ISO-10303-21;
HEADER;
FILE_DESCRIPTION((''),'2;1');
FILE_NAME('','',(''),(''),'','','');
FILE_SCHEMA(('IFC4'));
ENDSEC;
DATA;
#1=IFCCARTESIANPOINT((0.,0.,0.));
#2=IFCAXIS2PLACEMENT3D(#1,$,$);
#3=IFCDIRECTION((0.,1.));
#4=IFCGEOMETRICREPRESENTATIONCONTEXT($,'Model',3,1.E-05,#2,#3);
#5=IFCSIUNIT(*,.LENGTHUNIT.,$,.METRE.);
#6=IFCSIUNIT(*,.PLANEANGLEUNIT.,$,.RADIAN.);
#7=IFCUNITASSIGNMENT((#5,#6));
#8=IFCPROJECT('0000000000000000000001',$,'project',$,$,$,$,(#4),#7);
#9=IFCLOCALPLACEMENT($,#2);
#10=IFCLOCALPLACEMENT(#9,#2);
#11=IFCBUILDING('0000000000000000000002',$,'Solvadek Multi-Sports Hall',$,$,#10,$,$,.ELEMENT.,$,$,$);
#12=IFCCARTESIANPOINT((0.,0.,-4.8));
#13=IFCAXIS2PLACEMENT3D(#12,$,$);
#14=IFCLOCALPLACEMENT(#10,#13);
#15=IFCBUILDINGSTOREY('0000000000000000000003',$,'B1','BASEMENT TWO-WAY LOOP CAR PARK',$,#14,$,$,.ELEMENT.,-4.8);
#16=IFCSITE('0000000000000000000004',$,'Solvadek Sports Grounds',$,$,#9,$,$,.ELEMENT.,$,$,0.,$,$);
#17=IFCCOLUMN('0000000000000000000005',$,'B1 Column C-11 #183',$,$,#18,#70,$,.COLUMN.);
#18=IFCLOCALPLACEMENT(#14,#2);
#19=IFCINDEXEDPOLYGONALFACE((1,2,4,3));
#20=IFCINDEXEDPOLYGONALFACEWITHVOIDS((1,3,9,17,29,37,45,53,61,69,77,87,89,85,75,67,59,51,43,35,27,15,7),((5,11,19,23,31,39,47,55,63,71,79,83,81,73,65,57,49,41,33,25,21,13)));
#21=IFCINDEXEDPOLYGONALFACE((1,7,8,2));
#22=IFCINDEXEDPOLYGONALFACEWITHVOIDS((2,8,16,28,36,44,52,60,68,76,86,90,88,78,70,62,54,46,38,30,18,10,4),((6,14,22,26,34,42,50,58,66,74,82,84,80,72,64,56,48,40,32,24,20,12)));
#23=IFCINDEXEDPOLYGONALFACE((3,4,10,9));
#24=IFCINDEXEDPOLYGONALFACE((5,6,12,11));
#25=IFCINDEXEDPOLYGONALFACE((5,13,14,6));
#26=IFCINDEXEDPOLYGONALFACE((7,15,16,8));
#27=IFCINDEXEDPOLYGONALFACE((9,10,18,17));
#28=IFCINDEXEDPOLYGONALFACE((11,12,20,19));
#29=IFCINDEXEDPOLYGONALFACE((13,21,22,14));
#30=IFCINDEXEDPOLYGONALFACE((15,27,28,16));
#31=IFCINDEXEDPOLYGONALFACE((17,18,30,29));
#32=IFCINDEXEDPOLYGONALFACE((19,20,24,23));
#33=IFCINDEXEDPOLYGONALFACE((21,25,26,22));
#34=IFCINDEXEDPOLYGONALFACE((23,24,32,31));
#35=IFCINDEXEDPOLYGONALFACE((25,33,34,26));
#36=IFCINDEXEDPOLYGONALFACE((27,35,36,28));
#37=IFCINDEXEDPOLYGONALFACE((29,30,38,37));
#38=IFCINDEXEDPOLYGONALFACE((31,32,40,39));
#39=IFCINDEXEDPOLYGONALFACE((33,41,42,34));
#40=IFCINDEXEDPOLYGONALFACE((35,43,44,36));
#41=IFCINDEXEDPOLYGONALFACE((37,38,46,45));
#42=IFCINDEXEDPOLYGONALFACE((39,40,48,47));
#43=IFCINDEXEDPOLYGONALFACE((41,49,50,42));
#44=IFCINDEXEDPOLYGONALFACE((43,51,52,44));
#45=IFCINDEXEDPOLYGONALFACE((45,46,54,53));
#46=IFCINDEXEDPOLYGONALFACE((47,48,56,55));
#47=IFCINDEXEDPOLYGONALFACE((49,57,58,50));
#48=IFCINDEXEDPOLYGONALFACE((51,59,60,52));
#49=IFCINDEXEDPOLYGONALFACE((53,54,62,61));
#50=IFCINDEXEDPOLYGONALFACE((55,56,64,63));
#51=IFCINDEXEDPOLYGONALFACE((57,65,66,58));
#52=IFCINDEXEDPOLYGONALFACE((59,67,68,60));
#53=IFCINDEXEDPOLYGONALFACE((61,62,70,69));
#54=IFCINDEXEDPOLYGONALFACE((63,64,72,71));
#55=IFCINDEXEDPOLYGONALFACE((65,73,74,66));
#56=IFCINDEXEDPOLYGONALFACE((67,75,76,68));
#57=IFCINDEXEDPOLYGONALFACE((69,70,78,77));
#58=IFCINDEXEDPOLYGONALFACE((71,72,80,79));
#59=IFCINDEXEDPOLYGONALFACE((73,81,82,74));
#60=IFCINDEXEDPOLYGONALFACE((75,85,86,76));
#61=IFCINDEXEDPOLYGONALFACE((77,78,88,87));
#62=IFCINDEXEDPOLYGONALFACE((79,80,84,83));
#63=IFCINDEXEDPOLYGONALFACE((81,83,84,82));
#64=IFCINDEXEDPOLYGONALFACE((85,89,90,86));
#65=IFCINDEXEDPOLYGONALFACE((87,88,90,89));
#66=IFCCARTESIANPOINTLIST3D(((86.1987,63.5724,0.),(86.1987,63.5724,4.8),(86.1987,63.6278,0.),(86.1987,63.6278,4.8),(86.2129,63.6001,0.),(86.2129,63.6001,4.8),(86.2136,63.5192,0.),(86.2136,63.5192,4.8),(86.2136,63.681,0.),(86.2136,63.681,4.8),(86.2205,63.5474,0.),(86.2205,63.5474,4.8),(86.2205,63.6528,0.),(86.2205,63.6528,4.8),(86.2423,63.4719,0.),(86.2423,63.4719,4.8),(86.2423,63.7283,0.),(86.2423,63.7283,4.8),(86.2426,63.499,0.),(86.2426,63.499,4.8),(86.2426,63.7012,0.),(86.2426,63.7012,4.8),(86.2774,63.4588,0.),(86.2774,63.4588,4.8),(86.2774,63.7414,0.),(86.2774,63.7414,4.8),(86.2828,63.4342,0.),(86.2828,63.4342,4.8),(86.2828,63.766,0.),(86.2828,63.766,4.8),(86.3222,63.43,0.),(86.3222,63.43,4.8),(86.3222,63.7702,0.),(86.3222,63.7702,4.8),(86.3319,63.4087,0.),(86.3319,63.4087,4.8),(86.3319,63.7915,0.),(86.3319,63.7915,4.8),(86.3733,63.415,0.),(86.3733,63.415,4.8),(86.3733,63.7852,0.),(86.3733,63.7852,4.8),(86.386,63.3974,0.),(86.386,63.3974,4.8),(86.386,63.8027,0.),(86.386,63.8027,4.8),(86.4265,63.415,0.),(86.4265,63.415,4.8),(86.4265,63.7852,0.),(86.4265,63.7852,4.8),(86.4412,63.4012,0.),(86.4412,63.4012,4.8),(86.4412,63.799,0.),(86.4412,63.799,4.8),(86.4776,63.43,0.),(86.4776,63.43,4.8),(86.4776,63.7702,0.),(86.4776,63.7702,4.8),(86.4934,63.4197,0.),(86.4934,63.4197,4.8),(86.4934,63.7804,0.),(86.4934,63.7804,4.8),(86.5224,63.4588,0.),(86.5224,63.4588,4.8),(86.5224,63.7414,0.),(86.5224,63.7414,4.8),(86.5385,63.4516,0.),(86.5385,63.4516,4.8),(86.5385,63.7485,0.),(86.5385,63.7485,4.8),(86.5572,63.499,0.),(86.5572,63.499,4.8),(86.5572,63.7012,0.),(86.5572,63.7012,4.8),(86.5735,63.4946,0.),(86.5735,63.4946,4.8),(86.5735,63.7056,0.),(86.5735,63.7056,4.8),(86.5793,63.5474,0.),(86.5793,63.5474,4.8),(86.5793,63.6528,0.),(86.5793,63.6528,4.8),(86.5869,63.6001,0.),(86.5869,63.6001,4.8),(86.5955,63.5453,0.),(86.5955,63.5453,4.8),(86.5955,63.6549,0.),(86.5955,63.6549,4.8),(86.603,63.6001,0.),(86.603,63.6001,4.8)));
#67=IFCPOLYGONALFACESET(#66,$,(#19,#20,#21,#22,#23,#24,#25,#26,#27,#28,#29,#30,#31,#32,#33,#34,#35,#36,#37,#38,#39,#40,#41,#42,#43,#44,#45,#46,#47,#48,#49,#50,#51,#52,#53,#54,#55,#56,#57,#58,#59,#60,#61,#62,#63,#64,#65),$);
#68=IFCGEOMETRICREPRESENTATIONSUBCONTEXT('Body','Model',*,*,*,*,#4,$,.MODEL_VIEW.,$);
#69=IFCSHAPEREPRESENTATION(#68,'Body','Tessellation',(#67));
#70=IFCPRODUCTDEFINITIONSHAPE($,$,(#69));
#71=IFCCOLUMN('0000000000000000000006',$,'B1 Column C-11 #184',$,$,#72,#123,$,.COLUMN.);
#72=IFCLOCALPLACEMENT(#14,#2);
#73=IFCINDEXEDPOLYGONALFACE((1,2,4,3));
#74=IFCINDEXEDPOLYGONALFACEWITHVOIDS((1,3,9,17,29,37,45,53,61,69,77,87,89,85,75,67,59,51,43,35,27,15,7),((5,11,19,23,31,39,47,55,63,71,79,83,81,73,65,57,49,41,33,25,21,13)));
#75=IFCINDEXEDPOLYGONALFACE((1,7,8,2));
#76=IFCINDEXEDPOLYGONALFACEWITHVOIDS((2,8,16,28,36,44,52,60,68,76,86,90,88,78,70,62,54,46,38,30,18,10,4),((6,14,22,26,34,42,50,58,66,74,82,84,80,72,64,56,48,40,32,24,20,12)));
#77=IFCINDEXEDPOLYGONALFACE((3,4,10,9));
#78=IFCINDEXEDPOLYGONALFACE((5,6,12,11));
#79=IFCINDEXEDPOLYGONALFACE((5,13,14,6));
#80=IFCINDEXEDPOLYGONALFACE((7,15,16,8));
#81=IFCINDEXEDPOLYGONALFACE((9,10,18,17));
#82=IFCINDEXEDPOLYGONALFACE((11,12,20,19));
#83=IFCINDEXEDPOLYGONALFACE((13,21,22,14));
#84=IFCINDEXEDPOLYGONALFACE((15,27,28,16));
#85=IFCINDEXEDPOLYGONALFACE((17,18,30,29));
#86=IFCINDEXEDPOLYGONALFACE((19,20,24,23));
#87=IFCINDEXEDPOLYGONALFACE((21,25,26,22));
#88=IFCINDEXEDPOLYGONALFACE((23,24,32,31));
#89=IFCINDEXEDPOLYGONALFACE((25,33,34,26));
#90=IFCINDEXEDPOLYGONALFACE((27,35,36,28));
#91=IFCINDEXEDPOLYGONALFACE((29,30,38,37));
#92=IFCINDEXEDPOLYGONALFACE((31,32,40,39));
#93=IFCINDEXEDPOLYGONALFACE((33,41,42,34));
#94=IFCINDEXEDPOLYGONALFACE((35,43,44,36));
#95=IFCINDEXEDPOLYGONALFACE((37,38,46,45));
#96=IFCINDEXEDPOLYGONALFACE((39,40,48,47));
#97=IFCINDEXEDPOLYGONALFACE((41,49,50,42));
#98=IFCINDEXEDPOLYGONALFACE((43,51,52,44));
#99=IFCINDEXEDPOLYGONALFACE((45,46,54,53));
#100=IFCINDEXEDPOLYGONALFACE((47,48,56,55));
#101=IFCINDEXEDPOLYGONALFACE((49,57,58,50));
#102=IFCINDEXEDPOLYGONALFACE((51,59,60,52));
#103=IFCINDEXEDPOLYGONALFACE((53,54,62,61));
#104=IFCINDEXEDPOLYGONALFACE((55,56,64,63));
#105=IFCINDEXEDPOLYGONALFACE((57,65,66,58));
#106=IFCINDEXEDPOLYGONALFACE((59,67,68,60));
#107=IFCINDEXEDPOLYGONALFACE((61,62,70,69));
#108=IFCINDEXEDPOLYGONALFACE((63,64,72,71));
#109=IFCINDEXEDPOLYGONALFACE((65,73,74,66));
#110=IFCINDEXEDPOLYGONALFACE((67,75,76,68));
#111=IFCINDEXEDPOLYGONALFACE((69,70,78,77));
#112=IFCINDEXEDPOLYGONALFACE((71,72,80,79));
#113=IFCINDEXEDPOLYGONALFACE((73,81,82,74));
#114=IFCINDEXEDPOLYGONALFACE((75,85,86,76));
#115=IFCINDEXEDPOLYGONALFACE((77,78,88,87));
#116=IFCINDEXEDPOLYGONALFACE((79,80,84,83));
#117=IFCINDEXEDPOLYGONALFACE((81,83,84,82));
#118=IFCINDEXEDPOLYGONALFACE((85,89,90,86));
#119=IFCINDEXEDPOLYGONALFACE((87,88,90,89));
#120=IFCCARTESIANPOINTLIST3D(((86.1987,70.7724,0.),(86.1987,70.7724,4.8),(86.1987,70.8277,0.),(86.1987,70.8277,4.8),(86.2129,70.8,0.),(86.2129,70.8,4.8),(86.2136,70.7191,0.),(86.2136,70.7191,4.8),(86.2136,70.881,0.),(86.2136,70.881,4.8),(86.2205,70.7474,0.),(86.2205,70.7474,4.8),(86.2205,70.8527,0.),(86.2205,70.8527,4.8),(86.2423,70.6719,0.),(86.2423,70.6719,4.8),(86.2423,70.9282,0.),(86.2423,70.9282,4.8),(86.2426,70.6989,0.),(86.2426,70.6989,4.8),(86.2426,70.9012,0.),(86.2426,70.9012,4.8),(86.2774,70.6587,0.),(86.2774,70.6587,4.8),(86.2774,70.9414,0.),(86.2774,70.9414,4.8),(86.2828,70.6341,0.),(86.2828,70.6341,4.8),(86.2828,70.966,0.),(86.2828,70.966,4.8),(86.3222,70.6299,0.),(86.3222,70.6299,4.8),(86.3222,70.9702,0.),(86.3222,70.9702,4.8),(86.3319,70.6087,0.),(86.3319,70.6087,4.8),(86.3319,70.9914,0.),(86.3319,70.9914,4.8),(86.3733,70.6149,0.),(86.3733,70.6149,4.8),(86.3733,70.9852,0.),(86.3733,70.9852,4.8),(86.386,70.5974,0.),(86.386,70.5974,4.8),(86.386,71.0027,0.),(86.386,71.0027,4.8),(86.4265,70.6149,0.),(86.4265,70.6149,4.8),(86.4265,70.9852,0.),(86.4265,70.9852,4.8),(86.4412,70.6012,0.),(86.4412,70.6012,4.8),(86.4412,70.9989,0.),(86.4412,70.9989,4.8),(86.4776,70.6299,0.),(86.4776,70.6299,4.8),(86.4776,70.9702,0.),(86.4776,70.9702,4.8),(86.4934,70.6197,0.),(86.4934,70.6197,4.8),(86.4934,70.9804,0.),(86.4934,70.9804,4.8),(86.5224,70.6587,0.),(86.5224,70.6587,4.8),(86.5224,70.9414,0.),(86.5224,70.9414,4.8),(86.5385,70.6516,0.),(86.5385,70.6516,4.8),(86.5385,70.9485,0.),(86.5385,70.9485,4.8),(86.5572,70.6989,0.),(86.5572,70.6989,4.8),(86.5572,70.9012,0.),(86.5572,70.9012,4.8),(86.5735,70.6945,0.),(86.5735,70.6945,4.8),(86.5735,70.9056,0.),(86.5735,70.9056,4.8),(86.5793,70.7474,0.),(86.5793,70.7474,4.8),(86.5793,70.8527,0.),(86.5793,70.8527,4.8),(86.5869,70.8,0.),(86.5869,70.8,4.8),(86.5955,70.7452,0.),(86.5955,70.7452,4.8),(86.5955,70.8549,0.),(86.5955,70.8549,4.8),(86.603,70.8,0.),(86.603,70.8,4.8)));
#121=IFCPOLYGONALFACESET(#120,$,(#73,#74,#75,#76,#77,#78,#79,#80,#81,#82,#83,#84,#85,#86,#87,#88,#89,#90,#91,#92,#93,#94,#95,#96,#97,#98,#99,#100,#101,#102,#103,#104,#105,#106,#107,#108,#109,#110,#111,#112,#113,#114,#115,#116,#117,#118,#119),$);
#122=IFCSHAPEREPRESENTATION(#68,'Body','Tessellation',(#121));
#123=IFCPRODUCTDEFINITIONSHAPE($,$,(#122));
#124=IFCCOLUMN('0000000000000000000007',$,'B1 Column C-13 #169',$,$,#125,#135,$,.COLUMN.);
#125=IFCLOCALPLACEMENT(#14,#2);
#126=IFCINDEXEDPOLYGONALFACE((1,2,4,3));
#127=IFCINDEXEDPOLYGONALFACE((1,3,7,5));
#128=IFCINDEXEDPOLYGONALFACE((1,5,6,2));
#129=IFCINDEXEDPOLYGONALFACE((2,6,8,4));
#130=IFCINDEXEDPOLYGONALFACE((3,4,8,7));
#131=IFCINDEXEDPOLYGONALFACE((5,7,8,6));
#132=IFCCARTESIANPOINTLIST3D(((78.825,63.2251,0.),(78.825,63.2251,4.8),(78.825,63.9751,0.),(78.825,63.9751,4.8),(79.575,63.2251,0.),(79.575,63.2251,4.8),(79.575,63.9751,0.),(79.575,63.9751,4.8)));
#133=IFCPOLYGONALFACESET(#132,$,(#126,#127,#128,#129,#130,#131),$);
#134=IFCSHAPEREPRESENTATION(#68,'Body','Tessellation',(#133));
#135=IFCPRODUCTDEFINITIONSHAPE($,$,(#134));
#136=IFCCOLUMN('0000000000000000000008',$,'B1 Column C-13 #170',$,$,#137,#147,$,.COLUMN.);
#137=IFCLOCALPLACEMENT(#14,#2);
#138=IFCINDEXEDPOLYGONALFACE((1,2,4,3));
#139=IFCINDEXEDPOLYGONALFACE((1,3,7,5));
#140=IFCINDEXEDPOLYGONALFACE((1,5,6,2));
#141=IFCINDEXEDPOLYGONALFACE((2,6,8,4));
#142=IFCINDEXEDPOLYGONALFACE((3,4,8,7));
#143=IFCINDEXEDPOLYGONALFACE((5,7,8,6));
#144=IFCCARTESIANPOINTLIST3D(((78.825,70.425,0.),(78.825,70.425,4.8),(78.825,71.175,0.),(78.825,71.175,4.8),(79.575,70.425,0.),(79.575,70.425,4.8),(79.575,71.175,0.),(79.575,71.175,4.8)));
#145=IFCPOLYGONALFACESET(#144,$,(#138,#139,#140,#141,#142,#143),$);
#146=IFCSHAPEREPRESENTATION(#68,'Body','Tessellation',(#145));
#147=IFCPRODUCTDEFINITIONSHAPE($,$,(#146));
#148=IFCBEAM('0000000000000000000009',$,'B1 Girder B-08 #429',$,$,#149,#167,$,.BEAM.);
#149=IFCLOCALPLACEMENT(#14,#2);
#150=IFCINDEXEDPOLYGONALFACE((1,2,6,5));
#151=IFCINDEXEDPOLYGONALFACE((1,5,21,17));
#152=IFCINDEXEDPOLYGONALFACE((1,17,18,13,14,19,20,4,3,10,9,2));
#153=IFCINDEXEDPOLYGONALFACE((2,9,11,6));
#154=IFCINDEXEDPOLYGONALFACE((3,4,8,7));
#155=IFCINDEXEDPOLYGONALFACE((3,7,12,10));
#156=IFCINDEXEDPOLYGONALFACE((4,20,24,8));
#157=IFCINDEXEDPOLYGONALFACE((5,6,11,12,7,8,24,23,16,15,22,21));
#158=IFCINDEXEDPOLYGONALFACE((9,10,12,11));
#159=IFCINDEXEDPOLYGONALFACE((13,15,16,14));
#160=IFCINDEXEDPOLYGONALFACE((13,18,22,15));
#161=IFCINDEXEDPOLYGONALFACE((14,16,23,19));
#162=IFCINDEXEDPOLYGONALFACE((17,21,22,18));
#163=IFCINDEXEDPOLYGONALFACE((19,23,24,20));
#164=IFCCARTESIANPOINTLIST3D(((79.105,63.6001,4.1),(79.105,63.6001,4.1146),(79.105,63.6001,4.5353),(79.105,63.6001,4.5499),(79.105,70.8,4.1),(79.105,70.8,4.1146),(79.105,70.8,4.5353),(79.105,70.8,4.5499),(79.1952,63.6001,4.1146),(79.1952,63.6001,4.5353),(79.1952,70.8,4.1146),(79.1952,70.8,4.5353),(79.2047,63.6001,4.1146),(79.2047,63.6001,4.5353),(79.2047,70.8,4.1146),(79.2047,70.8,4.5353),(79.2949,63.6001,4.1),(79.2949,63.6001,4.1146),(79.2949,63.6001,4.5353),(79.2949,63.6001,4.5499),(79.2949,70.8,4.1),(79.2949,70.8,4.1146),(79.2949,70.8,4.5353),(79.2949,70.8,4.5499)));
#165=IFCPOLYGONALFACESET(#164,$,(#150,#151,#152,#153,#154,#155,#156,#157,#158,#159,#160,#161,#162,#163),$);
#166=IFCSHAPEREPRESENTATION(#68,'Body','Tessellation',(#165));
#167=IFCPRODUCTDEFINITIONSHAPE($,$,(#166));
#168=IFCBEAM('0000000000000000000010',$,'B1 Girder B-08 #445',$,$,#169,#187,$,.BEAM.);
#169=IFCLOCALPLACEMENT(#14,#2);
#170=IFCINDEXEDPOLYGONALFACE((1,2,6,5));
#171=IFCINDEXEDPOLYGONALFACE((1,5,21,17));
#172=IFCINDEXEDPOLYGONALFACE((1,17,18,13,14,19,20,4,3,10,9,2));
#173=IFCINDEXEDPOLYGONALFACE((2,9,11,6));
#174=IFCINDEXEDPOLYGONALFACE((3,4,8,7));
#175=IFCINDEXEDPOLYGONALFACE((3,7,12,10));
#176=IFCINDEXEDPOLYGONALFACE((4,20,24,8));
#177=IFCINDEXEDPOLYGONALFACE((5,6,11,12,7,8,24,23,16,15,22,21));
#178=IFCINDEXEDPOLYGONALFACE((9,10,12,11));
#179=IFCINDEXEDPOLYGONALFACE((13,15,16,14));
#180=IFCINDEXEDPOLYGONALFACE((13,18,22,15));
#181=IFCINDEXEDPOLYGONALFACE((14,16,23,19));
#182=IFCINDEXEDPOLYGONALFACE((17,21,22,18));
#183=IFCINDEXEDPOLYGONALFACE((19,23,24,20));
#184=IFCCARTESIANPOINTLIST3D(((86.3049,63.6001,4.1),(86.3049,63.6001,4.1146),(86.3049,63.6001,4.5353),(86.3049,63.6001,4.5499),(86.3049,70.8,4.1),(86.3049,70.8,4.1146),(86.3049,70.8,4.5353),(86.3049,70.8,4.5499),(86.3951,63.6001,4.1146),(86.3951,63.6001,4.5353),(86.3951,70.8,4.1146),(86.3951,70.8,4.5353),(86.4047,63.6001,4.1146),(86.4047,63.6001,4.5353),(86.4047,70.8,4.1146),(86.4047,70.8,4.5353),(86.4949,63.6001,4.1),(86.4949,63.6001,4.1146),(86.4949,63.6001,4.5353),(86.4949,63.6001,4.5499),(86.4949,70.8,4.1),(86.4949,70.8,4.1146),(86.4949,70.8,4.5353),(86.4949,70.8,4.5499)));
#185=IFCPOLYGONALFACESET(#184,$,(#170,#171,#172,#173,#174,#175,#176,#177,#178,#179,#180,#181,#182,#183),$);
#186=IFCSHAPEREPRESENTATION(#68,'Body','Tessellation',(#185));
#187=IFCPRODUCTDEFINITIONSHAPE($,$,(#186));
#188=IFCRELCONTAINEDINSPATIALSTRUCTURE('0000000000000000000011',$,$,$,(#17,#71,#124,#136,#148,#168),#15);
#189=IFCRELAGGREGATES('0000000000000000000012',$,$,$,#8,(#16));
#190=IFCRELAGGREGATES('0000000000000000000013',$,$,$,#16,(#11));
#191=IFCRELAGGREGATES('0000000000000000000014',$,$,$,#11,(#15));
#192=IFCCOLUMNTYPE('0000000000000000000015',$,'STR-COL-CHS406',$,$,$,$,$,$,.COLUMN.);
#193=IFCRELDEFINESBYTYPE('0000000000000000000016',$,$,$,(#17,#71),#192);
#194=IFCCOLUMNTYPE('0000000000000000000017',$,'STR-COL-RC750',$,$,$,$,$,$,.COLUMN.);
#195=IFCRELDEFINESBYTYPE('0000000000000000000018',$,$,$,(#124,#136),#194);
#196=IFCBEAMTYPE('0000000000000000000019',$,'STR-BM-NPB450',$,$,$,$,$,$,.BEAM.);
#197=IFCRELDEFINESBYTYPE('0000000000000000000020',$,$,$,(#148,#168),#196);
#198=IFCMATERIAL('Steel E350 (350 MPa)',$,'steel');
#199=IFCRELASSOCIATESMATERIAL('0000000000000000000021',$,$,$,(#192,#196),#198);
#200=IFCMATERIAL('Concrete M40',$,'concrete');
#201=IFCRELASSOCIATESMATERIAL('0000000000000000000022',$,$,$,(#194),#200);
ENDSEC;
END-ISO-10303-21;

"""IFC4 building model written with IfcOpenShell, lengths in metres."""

from ifc_helpers import new_model, si_unit, direction, frame, origin, origin_2d, place, context, subcontext, project, spatial, rectangle, hollow_circle, i_section, extrude, material, material_profile, profile_set, type_object, element, save


model = new_model("IFC4")

# Units and contexts
model_context = context("Model", 3, precision=1e-05, world=origin(), true_north=direction((0.0, 1.0)))
body_context = subcontext(model_context, "Body", "Model", "MODEL_VIEW")
ifc_project = project(units=[si_unit("LENGTHUNIT", "METRE"), si_unit("PLANEANGLEUNIT", "RADIAN")], contexts=[model_context])

# Site, building, storey
site_placement = place(None, origin())
site = spatial("IfcSite", under=ifc_project, at=site_placement, Name="Solvadek Sports Grounds", CompositionType="ELEMENT", RefElevation=0.0)
building_placement = place(site_placement, origin())
building = spatial("IfcBuilding", under=site, at=building_placement, Name="Solvadek Multi-Sports Hall", CompositionType="ELEMENT")
storey_placement = place(building_placement, frame((0.0, 0.0, -4.8)))
storey = spatial("IfcBuildingStorey", under=building, at=storey_placement, Name="B1", Description="BASEMENT TWO-WAY LOOP CAR PARK", CompositionType="ELEMENT", Elevation=-4.8)

# Shared definitions
ifc_material_1 = material(Name="Concrete M40", Category="concrete")

# Columns
ifc_material_2 = material(Name="Steel E350 (350 MPa)", Category="steel")
ifc_material_profile_1 = material_profile(ifc_material_2, hollow_circle(Radius=0.2031, WallThickness=0.0161, at=origin_2d()), Name="CHS 406.4x16")
ifc_profile_set_1 = profile_set([ifc_material_profile_1], Name="Steel E350 (350 MPa)")
column_type_1 = type_object("IfcColumnType", Name="STR-COL-CHS406", PredefinedType="COLUMN", material=ifc_profile_set_1)
for number, where, z_axis, x_axis, name in (
    (1, (86.3999, 63.6001, 0.0), (0.0, 0.0, 1.0), (1.0, 0.0, 0.0), "B1 Column C-11 #183"),
    (2, (86.3999, 70.8, 0.0), (0.0, 0.0, 1.0), (1.0, 0.0, 0.0), "B1 Column C-11 #184"),
):
    element("IfcColumn", number, at=place(storey_placement, frame(where, z_axis=z_axis, x_axis=x_axis)), inside=storey, type_object=column_type_1, Name=name, PredefinedType="COLUMN", context=body_context, shape_type="SweptSolid", body=[
        extrude(hollow_circle(Radius=0.2031, WallThickness=0.0161, at=origin_2d()), origin(), (0.0, 0.0, 1.0), 4.8),
    ])
ifc_material_profile_2 = material_profile(ifc_material_1, rectangle(XDim=0.75, YDim=0.75, at=origin_2d()), Name="RC 750x750")
ifc_profile_set_2 = profile_set([ifc_material_profile_2], Name="Concrete M40")
column_type_2 = type_object("IfcColumnType", Name="STR-COL-RC750", PredefinedType="COLUMN", material=ifc_profile_set_2)
for number, where, z_axis, x_axis, name in (
    (3, (79.2, 63.6001, 0.0), (0.0, 0.0, 1.0), (1.0, 0.0, 0.0), "B1 Column C-13 #169"),
    (4, (79.2, 70.8, 0.0), (0.0, 0.0, 1.0), (1.0, 0.0, 0.0), "B1 Column C-13 #170"),
):
    element("IfcColumn", number, at=place(storey_placement, frame(where, z_axis=z_axis, x_axis=x_axis)), inside=storey, type_object=column_type_2, Name=name, PredefinedType="COLUMN", context=body_context, shape_type="SweptSolid", body=[
        extrude(rectangle(XDim=0.75, YDim=0.75, at=origin_2d()), origin(), (0.0, 0.0, 1.0), 4.8),
    ])

# Beams
ifc_material_profile_3 = material_profile(ifc_material_2, i_section(OverallWidth=0.1899, OverallDepth=0.45, WebThickness=0.0095, FlangeThickness=0.0146, at=origin_2d()), Name="NPB 450")
ifc_profile_set_3 = profile_set([ifc_material_profile_3], Name="Steel E350 (350 MPa)")
beam_type_1 = type_object("IfcBeamType", Name="STR-BM-NPB450", PredefinedType="BEAM", material=ifc_profile_set_3)
for number, where, z_axis, x_axis, name in (
    (5, (79.2, 63.6001, 4.325), (0.0, 1.0, 0.0), (-1.0, 0.0, 0.0), "B1 Girder B-08 #429"),
    (6, (86.3999, 63.6001, 4.325), (0.0, 1.0, 0.0), (-1.0, 0.0, 0.0), "B1 Girder B-08 #445"),
):
    element("IfcBeam", number, at=place(storey_placement, frame(where, z_axis=z_axis, x_axis=x_axis)), inside=storey, type_object=beam_type_1, Name=name, PredefinedType="BEAM", context=body_context, shape_type="SweptSolid", body=[
        extrude(i_section(OverallWidth=0.1899, OverallDepth=0.45, WebThickness=0.0095, FlangeThickness=0.0146, at=origin_2d()), origin(), (0.0, 0.0, 1.0), 7.2),
    ])

save(model, "model.ifc")
